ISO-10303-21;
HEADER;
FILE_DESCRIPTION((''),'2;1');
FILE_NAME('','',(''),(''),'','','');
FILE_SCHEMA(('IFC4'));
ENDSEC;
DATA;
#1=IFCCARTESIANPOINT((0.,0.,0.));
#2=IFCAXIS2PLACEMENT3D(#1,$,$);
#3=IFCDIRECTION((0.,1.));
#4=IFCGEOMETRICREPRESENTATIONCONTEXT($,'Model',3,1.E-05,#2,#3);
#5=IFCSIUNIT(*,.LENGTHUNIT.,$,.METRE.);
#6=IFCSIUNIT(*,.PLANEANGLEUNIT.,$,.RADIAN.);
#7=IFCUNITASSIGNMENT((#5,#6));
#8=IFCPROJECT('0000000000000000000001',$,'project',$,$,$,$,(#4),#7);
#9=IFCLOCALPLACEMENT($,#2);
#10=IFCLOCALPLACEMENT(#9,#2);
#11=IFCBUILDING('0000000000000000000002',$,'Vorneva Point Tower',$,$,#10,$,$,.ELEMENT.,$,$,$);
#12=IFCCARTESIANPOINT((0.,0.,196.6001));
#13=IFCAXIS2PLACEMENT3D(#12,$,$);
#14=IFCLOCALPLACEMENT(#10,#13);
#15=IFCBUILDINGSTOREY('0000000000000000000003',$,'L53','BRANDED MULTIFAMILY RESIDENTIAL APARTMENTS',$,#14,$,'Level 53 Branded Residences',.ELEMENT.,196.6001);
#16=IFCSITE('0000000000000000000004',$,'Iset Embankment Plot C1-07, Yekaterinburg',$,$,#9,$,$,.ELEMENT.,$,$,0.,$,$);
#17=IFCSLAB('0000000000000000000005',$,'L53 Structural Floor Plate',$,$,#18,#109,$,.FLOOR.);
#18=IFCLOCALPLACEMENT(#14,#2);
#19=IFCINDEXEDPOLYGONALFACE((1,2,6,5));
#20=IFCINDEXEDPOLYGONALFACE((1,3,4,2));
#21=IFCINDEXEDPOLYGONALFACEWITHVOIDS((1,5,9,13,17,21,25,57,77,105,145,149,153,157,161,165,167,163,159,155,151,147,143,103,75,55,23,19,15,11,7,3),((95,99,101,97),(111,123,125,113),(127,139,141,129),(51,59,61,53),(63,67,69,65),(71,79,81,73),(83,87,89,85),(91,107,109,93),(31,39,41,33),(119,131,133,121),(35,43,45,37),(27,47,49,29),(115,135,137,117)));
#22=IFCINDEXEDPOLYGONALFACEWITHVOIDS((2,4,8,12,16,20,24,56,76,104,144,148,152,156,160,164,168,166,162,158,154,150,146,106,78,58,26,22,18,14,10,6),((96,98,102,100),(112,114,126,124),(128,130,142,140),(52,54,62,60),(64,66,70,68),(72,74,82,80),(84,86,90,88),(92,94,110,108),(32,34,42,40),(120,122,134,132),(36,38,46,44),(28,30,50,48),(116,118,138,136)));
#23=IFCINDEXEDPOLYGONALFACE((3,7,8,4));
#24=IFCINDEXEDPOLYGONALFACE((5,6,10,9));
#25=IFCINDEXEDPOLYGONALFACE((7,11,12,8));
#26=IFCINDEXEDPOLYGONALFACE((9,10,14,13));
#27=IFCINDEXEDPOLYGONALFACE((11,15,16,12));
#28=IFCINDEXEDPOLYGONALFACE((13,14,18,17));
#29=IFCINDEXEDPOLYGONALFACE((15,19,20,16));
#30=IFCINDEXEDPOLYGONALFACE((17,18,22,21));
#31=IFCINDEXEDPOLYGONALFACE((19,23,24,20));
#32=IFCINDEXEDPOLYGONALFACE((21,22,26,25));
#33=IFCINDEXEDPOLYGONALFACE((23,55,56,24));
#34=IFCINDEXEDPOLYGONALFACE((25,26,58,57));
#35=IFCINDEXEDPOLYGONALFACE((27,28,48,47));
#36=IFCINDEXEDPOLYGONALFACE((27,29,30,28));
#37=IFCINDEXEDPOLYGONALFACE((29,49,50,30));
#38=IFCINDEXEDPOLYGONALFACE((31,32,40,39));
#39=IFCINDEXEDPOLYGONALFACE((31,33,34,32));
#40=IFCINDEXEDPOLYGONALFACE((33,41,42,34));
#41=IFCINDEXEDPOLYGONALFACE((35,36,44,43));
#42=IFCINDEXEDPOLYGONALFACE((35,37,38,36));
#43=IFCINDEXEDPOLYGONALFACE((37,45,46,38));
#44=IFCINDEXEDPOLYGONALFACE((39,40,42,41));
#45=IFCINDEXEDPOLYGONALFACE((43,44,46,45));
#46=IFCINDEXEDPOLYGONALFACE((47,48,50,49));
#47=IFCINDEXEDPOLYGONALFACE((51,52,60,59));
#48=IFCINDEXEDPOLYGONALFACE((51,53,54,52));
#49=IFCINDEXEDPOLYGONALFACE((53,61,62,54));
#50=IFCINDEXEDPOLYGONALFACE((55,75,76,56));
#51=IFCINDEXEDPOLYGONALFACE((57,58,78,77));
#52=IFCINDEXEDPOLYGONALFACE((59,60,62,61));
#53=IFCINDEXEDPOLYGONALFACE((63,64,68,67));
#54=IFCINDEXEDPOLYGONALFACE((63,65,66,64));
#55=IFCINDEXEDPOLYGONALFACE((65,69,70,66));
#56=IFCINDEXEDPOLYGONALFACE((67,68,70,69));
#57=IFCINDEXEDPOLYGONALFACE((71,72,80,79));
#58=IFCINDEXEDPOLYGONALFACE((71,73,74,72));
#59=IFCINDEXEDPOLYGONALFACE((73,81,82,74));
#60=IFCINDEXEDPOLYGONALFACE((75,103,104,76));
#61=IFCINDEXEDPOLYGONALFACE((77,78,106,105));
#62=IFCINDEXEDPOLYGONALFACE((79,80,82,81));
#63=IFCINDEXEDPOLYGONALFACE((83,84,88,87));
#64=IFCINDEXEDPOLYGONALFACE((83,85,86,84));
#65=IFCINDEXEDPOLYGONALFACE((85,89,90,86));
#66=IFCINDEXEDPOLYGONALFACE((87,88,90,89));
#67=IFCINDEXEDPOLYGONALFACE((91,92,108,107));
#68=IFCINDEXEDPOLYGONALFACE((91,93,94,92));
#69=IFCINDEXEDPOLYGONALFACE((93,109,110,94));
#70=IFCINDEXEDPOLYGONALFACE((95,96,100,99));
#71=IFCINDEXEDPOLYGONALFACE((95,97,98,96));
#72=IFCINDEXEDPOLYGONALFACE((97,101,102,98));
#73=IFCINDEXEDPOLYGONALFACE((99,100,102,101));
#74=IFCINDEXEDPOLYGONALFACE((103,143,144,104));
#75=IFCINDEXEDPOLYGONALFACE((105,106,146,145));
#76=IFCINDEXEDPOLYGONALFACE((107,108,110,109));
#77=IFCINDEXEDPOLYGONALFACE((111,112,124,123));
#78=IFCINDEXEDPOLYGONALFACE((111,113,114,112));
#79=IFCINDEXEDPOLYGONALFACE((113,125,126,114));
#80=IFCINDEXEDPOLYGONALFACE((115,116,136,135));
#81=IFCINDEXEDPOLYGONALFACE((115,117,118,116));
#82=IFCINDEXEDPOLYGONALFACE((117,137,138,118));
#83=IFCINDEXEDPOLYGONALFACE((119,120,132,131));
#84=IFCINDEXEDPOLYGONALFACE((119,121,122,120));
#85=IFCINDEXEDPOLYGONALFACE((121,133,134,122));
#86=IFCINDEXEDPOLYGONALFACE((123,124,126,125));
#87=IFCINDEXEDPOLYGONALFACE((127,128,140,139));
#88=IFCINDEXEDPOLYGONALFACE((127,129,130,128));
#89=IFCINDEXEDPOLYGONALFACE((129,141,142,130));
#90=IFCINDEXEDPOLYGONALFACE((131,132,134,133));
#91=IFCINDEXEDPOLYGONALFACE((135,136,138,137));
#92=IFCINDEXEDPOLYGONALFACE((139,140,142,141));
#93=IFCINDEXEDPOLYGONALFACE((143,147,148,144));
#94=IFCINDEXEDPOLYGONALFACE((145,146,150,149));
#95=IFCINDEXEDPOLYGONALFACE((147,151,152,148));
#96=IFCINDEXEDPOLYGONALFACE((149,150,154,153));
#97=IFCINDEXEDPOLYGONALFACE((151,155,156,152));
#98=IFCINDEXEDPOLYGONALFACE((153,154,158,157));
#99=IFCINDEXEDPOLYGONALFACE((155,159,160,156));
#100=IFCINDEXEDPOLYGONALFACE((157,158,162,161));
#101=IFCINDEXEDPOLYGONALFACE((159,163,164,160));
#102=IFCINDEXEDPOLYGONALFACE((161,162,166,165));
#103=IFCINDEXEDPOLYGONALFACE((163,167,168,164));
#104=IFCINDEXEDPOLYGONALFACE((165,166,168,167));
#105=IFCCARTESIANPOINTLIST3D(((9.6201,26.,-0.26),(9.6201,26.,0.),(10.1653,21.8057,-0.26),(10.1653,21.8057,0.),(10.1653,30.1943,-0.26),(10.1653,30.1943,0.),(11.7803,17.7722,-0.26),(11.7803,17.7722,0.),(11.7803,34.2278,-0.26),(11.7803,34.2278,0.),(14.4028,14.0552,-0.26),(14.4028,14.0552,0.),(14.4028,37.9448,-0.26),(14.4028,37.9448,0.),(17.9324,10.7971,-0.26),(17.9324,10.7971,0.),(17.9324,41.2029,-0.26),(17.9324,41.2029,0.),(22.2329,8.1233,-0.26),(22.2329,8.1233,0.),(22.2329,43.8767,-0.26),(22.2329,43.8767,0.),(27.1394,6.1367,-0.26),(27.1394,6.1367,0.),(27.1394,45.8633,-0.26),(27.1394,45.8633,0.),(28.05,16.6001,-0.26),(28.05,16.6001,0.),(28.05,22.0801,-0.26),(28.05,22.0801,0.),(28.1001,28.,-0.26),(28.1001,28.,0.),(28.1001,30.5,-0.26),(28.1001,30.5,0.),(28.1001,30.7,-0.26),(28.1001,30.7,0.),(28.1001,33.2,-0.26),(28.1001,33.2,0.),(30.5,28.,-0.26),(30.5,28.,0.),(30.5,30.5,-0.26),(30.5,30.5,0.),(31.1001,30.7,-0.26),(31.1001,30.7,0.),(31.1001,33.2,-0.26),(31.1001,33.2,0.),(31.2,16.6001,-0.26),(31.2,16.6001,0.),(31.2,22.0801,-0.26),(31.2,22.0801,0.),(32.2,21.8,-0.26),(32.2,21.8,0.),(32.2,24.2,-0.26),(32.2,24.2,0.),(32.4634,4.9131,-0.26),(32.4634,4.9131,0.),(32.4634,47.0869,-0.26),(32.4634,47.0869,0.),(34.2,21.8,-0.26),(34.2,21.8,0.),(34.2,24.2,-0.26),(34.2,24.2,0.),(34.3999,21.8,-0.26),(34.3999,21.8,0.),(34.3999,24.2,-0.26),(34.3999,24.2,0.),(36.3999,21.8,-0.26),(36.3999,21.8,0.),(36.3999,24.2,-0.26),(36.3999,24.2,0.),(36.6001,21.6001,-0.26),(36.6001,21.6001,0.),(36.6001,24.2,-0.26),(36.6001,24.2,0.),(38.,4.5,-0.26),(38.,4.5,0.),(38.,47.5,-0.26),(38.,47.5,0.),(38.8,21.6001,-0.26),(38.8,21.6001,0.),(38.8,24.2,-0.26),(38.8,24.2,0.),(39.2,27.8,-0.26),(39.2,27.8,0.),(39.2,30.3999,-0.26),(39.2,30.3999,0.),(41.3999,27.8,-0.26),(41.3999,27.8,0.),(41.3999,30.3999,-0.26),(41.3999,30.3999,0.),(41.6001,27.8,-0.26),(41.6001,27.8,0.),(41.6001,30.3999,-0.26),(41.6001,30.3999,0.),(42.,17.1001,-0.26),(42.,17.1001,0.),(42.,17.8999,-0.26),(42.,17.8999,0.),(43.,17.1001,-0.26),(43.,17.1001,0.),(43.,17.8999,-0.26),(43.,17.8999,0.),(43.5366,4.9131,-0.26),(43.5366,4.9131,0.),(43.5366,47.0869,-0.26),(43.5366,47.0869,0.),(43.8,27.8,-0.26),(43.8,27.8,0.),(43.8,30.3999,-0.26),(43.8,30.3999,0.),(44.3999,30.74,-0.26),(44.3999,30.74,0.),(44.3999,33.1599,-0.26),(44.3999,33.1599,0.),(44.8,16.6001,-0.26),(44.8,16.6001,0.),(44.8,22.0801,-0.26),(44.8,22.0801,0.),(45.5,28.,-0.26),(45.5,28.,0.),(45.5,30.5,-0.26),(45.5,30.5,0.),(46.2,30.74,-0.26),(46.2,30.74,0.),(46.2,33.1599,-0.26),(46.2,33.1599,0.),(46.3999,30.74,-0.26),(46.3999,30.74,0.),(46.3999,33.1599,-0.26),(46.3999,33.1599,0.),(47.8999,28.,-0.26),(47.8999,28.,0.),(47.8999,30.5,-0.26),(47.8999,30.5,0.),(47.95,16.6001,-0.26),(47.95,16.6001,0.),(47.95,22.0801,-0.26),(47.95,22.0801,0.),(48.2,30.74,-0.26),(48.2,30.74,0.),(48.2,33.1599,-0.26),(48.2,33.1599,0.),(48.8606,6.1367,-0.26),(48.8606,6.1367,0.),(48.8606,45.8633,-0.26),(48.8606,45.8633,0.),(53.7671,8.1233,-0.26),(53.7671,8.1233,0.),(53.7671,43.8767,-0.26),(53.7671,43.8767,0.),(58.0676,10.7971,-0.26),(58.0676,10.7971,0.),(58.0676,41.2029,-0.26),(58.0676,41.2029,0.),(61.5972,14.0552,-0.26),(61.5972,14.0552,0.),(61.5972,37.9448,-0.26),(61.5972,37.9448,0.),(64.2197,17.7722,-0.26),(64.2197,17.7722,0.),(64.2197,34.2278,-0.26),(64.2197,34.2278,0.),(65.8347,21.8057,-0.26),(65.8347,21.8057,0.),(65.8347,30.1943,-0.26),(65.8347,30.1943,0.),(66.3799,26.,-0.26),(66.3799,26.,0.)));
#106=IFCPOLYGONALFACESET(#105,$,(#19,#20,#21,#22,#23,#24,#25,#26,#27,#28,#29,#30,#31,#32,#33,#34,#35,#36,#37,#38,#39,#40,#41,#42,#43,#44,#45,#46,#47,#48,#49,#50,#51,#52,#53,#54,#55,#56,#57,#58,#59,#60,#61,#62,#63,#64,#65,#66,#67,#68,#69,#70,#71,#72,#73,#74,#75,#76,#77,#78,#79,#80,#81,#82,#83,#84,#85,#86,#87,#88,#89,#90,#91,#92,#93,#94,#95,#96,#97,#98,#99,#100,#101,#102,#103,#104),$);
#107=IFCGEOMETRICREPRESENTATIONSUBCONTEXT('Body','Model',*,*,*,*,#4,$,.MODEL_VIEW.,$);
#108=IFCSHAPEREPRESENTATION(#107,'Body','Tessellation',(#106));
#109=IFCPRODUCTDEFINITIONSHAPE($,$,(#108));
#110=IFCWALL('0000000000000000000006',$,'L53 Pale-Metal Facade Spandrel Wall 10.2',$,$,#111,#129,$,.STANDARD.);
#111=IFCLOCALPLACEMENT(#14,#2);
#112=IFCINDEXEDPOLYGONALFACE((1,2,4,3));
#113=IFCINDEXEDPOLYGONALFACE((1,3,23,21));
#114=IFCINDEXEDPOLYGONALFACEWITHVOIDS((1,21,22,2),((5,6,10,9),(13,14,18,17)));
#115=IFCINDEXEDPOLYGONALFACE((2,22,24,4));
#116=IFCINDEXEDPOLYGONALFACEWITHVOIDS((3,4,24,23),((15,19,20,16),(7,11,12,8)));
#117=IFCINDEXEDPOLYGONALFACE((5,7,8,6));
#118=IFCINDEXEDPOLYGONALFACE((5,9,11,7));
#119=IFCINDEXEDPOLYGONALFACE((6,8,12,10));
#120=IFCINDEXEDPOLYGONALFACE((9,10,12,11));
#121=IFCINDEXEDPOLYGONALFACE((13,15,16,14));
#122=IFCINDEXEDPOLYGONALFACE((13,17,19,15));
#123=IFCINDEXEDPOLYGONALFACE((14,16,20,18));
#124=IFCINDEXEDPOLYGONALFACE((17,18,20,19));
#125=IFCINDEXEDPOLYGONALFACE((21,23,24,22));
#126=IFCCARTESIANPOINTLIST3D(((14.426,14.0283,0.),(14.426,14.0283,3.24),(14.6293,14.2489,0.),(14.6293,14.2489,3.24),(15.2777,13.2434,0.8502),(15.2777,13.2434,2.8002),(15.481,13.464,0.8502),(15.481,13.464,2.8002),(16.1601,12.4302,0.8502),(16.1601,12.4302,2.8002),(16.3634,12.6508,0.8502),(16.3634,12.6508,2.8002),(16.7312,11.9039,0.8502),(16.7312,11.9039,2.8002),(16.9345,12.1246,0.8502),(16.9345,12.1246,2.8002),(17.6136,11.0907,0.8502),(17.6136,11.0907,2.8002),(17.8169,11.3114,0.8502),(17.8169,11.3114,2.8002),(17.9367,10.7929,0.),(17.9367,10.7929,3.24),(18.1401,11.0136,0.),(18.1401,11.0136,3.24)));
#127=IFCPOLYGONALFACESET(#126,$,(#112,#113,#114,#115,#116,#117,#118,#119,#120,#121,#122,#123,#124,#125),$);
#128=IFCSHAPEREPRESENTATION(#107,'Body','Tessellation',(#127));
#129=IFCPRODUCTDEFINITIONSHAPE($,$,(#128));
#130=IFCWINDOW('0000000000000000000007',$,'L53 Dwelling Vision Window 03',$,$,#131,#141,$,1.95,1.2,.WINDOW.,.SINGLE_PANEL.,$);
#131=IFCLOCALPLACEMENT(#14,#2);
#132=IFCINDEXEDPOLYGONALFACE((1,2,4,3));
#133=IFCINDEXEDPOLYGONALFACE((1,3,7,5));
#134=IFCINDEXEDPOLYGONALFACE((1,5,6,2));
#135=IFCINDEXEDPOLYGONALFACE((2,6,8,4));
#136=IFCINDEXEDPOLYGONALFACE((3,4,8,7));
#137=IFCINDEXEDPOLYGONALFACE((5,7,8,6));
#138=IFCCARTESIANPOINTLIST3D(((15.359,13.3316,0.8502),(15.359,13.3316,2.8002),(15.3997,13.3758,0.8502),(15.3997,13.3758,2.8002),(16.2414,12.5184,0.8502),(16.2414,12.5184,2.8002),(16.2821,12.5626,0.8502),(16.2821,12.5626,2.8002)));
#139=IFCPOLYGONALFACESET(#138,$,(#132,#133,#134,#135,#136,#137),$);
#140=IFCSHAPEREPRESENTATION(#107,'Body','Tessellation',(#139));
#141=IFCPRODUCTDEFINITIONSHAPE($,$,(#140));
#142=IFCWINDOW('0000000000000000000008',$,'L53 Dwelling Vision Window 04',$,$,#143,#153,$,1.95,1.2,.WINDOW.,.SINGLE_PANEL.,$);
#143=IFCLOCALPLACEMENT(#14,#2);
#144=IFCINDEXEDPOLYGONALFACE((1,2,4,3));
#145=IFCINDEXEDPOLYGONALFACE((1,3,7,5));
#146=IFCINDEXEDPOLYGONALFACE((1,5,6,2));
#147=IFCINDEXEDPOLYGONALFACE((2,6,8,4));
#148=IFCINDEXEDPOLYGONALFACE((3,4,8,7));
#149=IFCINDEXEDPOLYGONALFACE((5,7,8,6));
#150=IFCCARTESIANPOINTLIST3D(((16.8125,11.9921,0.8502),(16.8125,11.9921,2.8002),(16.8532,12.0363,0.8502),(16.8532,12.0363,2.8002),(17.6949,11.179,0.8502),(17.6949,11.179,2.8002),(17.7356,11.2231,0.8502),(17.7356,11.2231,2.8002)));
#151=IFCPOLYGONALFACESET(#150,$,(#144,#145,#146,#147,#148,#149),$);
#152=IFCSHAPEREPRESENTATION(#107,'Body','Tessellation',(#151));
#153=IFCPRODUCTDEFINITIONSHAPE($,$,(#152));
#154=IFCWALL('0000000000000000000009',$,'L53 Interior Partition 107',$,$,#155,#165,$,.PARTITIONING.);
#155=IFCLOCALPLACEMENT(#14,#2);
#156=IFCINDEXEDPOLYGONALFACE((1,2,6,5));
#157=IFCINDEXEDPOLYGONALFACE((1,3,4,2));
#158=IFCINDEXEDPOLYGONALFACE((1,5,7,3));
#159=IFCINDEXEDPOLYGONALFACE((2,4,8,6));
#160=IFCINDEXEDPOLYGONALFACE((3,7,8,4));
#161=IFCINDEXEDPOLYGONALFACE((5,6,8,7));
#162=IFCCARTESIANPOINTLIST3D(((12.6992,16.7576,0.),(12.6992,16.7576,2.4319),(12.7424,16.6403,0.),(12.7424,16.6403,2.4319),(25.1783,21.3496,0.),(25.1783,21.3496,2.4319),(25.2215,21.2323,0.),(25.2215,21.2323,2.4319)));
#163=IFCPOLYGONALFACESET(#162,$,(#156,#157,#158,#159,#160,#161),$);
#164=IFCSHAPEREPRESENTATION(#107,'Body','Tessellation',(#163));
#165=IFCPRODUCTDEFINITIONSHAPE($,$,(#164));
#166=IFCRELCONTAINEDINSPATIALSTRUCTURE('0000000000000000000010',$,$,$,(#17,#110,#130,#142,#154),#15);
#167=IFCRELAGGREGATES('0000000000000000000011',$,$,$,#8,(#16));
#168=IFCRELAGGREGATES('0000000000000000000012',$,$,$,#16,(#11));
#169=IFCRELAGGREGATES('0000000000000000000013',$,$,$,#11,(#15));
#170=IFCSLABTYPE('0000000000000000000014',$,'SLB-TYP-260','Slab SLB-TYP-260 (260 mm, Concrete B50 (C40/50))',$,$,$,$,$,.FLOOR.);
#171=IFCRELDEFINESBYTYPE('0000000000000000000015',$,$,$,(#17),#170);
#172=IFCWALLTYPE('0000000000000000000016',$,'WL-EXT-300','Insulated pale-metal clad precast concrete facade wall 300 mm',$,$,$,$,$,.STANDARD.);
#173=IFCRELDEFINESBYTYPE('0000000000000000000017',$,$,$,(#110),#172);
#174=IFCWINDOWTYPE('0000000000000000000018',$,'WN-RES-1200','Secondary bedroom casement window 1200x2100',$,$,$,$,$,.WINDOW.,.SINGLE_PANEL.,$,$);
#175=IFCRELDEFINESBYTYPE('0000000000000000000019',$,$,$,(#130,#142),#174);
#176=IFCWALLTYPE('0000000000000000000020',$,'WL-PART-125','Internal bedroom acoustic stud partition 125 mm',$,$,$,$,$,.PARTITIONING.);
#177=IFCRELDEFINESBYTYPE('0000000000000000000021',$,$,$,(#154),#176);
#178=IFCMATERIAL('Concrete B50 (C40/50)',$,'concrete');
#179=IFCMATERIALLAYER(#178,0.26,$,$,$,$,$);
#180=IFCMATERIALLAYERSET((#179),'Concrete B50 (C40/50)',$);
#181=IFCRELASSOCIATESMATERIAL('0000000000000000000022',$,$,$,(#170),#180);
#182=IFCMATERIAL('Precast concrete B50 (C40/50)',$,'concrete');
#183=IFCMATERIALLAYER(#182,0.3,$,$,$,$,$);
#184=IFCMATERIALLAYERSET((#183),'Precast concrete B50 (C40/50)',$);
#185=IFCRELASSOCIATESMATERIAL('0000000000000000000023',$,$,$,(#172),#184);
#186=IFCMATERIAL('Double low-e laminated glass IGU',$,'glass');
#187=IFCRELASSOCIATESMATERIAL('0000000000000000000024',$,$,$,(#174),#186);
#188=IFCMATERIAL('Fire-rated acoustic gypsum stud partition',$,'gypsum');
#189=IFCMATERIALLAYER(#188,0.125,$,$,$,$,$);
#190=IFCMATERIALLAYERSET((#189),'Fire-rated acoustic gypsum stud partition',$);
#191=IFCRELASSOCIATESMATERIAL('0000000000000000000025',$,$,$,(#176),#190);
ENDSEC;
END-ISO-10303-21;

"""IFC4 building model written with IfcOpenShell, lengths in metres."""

from ifc_helpers import new_model, si_unit, direction, frame, frame_2d, origin, place, context, subcontext, project, spatial, polyline, rectangle, outline, extrude, material, layer, layer_set, type_object, element, fill, save


model = new_model("IFC4")

# Units and contexts
model_context = context("Model", 3, precision=1e-05, world=origin(), true_north=direction((0.0, 1.0)))
body_context = subcontext(model_context, "Body", "Model", "MODEL_VIEW")
ifc_project = project(units=[si_unit("LENGTHUNIT", "METRE"), si_unit("PLANEANGLEUNIT", "RADIAN")], contexts=[model_context])

# Site, building, storey
site_placement = place(None, origin())
site = spatial("IfcSite", under=ifc_project, at=site_placement, Name="Iset Embankment Plot C1-07, Yekaterinburg", CompositionType="ELEMENT", RefElevation=0.0)
building_placement = place(site_placement, origin())
building = spatial("IfcBuilding", under=site, at=building_placement, Name="Vorneva Point Tower", CompositionType="ELEMENT")
storey_placement = place(building_placement, frame((0.0, 0.0, 196.6001)))
storey = spatial("IfcBuildingStorey", under=building, at=storey_placement, Name="L53", Description="BRANDED MULTIFAMILY RESIDENTIAL APARTMENTS", LongName="Level 53 Branded Residences", CompositionType="ELEMENT", Elevation=196.6001)

# Shared definitions
ifc_material_1 = material(Name="Concrete B50 (C40/50)", Category="concrete")

# Shared definitions
ifc_material_2 = material(Name="Double low-e laminated glass IGU", Category="glass")

# Slab
ifc_layer_1 = layer(ifc_material_1, 0.26)
ifc_layer_set_1 = layer_set([ifc_layer_1], Name="Concrete B50 (C40/50)")
slab_type_1 = type_object("IfcSlabType", Name="SLB-TYP-260", Description="Slab SLB-TYP-260 (260 mm, Concrete B50 (C40/50))", PredefinedType="FLOOR", material=ifc_layer_set_1)
slab_1_placement = place(storey_placement, frame((0.0, 0.0, -0.26)))
element("IfcSlab", 1, at=slab_1_placement, inside=storey, type_object=slab_type_1, Name="L53 Structural Floor Plate", PredefinedType="FLOOR", context=body_context, shape_type="SweptSolid", body=[
    extrude(outline(polyline([(66.3799, 26.0), (65.8347, 30.1943), (64.2197, 34.2278), (61.5972, 37.9448), (58.0676, 41.2029), (53.7671, 43.8767), (48.8606, 45.8633), (43.5366, 47.0869), (38.0, 47.5), (32.4634, 47.0869), (27.1394, 45.8633), (22.2329, 43.8767), (17.9324, 41.2029), (14.4028, 37.9448), (11.7803, 34.2278), (10.1653, 30.1943), (9.6201, 26.0), (10.1653, 21.8057), (11.7803, 17.7722), (14.4028, 14.0552), (17.9324, 10.7971), (22.2329, 8.1233), (27.1394, 6.1367), (32.4634, 4.9131), (38.0, 4.5), (43.5366, 4.9131), (48.8606, 6.1367), (53.7671, 8.1233), (58.0676, 10.7971), (61.5972, 14.0552), (64.2197, 17.7722), (65.8347, 21.8057), (66.3799, 26.0)]), holes=[polyline([(32.2, 21.8), (34.2, 21.8), (34.2, 24.2), (32.2, 24.2), (32.2, 21.8)]), polyline([(34.3999, 21.8), (36.3999, 21.8), (36.3999, 24.2), (34.3999, 24.2), (34.3999, 21.8)]), polyline([(36.6001, 21.6001), (38.8, 21.6001), (38.8, 24.2), (36.6001, 24.2), (36.6001, 21.6001)]), polyline([(39.2, 27.8), (41.3999, 27.8), (41.3999, 30.3999), (39.2, 30.3999), (39.2, 27.8)]), polyline([(41.6001, 27.8), (43.8, 27.8), (43.8, 30.3999), (41.6001, 30.3999), (41.6001, 27.8)]), polyline([(44.3999, 30.74), (46.2, 30.74), (46.2, 33.1599), (44.3999, 33.1599), (44.3999, 30.74)]), polyline([(46.3999, 30.74), (48.2, 30.74), (48.2, 33.1599), (46.3999, 33.1599), (46.3999, 30.74)]), polyline([(28.1001, 28.0), (30.5, 28.0), (30.5, 30.5), (28.1001, 30.5), (28.1001, 28.0)]), polyline([(45.5, 28.0), (47.8999, 28.0), (47.8999, 30.5), (45.5, 30.5), (45.5, 28.0)]), polyline([(28.1001, 30.7), (31.1001, 30.7), (31.1001, 33.2), (28.1001, 33.2), (28.1001, 30.7)]), polyline([(28.05, 16.6001), (31.2, 16.6001), (31.2, 22.0801), (28.05, 22.0801), (28.05, 16.6001)]), polyline([(44.8, 16.6001), (47.95, 16.6001), (47.95, 22.0801), (44.8, 22.0801), (44.8, 16.6001)]), polyline([(42.0, 17.1001), (43.0, 17.1001), (43.0, 17.8999), (42.0, 17.8999), (42.0, 17.1001)])]), origin(), (0.0, 0.0, 1.0), 0.26),
])

# Wall, openings, windows
ifc_material_3 = material(Name="Precast concrete B50 (C40/50)", Category="concrete")
ifc_layer_2 = layer(ifc_material_3, 0.3)
ifc_layer_set_2 = layer_set([ifc_layer_2], Name="Precast concrete B50 (C40/50)")
wall_type_1 = type_object("IfcWallType", Name="WL-EXT-300", Description="Insulated pale-metal clad precast concrete facade wall 300 mm", PredefinedType="STANDARD", material=ifc_layer_set_2)
wall_1_placement = place(storey_placement, frame((14.5276, 14.1387, 0.0), z_axis=(0.0, 0.0, 1.0), x_axis=(0.73536, -0.677677, 0.0)))
wall_1 = element("IfcWall", 2, at=wall_1_placement, inside=storey, type_object=wall_type_1, Name="L53 Pale-Metal Facade Spandrel Wall 10.2", PredefinedType="STANDARD", context=body_context, shape_type="SweptSolid", body=[
    extrude(rectangle(XDim=4.7742, YDim=0.3, at=frame_2d((2.3872, 0.0))), origin(), (0.0, 0.0, 1.0), 3.24),
])
opening_1_placement = place(wall_1_placement, frame((1.1582, 0.0, 0.8501)))
opening_1 = element("IfcOpeningElement", 3, at=opening_1_placement, cuts=wall_1, PredefinedType="OPENING", context=body_context, shape_type="SweptSolid", body=[
    extrude(rectangle(XDim=1.2, YDim=1.95, at=frame_2d((0.6001, 0.9751))), frame((0.0, 0.165, 0.0), z_axis=(0.0, -1.0, 0.0), x_axis=(1.0, 0.0, 0.0)), (0.0, 0.0, 1.0), 0.3298),
])
opening_2_placement = place(wall_1_placement, frame((3.1348, 0.0, 0.8501)))
opening_2 = element("IfcOpeningElement", 4, at=opening_2_placement, cuts=wall_1, PredefinedType="OPENING", context=body_context, shape_type="SweptSolid", body=[
    extrude(rectangle(XDim=1.2, YDim=1.95, at=frame_2d((0.6001, 0.9751))), frame((0.0, 0.165, 0.0), z_axis=(0.0, -1.0, 0.0), x_axis=(1.0, 0.0, 0.0)), (0.0, 0.0, 1.0), 0.3298),
])
window_type = type_object("IfcWindowType", Name="WN-RES-1200", Description="Secondary bedroom casement window 1200x2100", PartitioningType="SINGLE_PANEL", PredefinedType="WINDOW", material=ifc_material_2)
window_1_placement = place(opening_1_placement, origin())
window_1 = element("IfcWindow", 5, at=window_1_placement, inside=storey, type_object=window_type, Name="L53 Dwelling Vision Window 03", OverallHeight=1.95, OverallWidth=1.2, PartitioningType="SINGLE_PANEL", PredefinedType="WINDOW", context=body_context, shape_type="SweptSolid", body=[
    extrude(rectangle(XDim=1.2, YDim=1.95, at=frame_2d((0.6001, 0.9751))), frame((0.0, 0.03, 0.0), z_axis=(0.0, -1.0, 0.0), x_axis=(1.0, 0.0, 0.0)), (0.0, 0.0, 1.0), 0.0601),
])
fill(opening_1, window_1)
window_2_placement = place(opening_2_placement, origin())
window_2 = element("IfcWindow", 6, at=window_2_placement, inside=storey, type_object=window_type, Name="L53 Dwelling Vision Window 04", OverallHeight=1.95, OverallWidth=1.2, PartitioningType="SINGLE_PANEL", PredefinedType="WINDOW", context=body_context, shape_type="SweptSolid", body=[
    extrude(rectangle(XDim=1.2, YDim=1.95, at=frame_2d((0.6001, 0.9751))), frame((0.0, 0.03, 0.0), z_axis=(0.0, -1.0, 0.0), x_axis=(1.0, 0.0, 0.0)), (0.0, 0.0, 1.0), 0.0601),
])
fill(opening_2, window_2)

# Wall
ifc_material_4 = material(Name="Fire-rated acoustic gypsum stud partition", Category="gypsum")
ifc_layer_3 = layer(ifc_material_4, 0.125)
ifc_layer_set_3 = layer_set([ifc_layer_3], Name="Fire-rated acoustic gypsum stud partition")
wall_type_2 = type_object("IfcWallType", Name="WL-PART-125", Description="Internal bedroom acoustic stud partition 125 mm", PredefinedType="PARTITIONING", material=ifc_layer_set_3)
wall_2_placement = place(storey_placement, frame((12.7209, 16.699, 0.0), z_axis=(0.0, 0.0, 1.0), x_axis=(0.938477, 0.345342, 0.0)))
element("IfcWall", 7, at=wall_2_placement, inside=storey, type_object=wall_type_2, Name="L53 Interior Partition 107", PredefinedType="PARTITIONING", context=body_context, shape_type="SweptSolid", body=[
    extrude(rectangle(XDim=13.2971, YDim=0.125, at=frame_2d((6.6484, 0.0))), origin(), (0.0, 0.0, 1.0), 2.4319),
])

save(model, "model.ifc")
